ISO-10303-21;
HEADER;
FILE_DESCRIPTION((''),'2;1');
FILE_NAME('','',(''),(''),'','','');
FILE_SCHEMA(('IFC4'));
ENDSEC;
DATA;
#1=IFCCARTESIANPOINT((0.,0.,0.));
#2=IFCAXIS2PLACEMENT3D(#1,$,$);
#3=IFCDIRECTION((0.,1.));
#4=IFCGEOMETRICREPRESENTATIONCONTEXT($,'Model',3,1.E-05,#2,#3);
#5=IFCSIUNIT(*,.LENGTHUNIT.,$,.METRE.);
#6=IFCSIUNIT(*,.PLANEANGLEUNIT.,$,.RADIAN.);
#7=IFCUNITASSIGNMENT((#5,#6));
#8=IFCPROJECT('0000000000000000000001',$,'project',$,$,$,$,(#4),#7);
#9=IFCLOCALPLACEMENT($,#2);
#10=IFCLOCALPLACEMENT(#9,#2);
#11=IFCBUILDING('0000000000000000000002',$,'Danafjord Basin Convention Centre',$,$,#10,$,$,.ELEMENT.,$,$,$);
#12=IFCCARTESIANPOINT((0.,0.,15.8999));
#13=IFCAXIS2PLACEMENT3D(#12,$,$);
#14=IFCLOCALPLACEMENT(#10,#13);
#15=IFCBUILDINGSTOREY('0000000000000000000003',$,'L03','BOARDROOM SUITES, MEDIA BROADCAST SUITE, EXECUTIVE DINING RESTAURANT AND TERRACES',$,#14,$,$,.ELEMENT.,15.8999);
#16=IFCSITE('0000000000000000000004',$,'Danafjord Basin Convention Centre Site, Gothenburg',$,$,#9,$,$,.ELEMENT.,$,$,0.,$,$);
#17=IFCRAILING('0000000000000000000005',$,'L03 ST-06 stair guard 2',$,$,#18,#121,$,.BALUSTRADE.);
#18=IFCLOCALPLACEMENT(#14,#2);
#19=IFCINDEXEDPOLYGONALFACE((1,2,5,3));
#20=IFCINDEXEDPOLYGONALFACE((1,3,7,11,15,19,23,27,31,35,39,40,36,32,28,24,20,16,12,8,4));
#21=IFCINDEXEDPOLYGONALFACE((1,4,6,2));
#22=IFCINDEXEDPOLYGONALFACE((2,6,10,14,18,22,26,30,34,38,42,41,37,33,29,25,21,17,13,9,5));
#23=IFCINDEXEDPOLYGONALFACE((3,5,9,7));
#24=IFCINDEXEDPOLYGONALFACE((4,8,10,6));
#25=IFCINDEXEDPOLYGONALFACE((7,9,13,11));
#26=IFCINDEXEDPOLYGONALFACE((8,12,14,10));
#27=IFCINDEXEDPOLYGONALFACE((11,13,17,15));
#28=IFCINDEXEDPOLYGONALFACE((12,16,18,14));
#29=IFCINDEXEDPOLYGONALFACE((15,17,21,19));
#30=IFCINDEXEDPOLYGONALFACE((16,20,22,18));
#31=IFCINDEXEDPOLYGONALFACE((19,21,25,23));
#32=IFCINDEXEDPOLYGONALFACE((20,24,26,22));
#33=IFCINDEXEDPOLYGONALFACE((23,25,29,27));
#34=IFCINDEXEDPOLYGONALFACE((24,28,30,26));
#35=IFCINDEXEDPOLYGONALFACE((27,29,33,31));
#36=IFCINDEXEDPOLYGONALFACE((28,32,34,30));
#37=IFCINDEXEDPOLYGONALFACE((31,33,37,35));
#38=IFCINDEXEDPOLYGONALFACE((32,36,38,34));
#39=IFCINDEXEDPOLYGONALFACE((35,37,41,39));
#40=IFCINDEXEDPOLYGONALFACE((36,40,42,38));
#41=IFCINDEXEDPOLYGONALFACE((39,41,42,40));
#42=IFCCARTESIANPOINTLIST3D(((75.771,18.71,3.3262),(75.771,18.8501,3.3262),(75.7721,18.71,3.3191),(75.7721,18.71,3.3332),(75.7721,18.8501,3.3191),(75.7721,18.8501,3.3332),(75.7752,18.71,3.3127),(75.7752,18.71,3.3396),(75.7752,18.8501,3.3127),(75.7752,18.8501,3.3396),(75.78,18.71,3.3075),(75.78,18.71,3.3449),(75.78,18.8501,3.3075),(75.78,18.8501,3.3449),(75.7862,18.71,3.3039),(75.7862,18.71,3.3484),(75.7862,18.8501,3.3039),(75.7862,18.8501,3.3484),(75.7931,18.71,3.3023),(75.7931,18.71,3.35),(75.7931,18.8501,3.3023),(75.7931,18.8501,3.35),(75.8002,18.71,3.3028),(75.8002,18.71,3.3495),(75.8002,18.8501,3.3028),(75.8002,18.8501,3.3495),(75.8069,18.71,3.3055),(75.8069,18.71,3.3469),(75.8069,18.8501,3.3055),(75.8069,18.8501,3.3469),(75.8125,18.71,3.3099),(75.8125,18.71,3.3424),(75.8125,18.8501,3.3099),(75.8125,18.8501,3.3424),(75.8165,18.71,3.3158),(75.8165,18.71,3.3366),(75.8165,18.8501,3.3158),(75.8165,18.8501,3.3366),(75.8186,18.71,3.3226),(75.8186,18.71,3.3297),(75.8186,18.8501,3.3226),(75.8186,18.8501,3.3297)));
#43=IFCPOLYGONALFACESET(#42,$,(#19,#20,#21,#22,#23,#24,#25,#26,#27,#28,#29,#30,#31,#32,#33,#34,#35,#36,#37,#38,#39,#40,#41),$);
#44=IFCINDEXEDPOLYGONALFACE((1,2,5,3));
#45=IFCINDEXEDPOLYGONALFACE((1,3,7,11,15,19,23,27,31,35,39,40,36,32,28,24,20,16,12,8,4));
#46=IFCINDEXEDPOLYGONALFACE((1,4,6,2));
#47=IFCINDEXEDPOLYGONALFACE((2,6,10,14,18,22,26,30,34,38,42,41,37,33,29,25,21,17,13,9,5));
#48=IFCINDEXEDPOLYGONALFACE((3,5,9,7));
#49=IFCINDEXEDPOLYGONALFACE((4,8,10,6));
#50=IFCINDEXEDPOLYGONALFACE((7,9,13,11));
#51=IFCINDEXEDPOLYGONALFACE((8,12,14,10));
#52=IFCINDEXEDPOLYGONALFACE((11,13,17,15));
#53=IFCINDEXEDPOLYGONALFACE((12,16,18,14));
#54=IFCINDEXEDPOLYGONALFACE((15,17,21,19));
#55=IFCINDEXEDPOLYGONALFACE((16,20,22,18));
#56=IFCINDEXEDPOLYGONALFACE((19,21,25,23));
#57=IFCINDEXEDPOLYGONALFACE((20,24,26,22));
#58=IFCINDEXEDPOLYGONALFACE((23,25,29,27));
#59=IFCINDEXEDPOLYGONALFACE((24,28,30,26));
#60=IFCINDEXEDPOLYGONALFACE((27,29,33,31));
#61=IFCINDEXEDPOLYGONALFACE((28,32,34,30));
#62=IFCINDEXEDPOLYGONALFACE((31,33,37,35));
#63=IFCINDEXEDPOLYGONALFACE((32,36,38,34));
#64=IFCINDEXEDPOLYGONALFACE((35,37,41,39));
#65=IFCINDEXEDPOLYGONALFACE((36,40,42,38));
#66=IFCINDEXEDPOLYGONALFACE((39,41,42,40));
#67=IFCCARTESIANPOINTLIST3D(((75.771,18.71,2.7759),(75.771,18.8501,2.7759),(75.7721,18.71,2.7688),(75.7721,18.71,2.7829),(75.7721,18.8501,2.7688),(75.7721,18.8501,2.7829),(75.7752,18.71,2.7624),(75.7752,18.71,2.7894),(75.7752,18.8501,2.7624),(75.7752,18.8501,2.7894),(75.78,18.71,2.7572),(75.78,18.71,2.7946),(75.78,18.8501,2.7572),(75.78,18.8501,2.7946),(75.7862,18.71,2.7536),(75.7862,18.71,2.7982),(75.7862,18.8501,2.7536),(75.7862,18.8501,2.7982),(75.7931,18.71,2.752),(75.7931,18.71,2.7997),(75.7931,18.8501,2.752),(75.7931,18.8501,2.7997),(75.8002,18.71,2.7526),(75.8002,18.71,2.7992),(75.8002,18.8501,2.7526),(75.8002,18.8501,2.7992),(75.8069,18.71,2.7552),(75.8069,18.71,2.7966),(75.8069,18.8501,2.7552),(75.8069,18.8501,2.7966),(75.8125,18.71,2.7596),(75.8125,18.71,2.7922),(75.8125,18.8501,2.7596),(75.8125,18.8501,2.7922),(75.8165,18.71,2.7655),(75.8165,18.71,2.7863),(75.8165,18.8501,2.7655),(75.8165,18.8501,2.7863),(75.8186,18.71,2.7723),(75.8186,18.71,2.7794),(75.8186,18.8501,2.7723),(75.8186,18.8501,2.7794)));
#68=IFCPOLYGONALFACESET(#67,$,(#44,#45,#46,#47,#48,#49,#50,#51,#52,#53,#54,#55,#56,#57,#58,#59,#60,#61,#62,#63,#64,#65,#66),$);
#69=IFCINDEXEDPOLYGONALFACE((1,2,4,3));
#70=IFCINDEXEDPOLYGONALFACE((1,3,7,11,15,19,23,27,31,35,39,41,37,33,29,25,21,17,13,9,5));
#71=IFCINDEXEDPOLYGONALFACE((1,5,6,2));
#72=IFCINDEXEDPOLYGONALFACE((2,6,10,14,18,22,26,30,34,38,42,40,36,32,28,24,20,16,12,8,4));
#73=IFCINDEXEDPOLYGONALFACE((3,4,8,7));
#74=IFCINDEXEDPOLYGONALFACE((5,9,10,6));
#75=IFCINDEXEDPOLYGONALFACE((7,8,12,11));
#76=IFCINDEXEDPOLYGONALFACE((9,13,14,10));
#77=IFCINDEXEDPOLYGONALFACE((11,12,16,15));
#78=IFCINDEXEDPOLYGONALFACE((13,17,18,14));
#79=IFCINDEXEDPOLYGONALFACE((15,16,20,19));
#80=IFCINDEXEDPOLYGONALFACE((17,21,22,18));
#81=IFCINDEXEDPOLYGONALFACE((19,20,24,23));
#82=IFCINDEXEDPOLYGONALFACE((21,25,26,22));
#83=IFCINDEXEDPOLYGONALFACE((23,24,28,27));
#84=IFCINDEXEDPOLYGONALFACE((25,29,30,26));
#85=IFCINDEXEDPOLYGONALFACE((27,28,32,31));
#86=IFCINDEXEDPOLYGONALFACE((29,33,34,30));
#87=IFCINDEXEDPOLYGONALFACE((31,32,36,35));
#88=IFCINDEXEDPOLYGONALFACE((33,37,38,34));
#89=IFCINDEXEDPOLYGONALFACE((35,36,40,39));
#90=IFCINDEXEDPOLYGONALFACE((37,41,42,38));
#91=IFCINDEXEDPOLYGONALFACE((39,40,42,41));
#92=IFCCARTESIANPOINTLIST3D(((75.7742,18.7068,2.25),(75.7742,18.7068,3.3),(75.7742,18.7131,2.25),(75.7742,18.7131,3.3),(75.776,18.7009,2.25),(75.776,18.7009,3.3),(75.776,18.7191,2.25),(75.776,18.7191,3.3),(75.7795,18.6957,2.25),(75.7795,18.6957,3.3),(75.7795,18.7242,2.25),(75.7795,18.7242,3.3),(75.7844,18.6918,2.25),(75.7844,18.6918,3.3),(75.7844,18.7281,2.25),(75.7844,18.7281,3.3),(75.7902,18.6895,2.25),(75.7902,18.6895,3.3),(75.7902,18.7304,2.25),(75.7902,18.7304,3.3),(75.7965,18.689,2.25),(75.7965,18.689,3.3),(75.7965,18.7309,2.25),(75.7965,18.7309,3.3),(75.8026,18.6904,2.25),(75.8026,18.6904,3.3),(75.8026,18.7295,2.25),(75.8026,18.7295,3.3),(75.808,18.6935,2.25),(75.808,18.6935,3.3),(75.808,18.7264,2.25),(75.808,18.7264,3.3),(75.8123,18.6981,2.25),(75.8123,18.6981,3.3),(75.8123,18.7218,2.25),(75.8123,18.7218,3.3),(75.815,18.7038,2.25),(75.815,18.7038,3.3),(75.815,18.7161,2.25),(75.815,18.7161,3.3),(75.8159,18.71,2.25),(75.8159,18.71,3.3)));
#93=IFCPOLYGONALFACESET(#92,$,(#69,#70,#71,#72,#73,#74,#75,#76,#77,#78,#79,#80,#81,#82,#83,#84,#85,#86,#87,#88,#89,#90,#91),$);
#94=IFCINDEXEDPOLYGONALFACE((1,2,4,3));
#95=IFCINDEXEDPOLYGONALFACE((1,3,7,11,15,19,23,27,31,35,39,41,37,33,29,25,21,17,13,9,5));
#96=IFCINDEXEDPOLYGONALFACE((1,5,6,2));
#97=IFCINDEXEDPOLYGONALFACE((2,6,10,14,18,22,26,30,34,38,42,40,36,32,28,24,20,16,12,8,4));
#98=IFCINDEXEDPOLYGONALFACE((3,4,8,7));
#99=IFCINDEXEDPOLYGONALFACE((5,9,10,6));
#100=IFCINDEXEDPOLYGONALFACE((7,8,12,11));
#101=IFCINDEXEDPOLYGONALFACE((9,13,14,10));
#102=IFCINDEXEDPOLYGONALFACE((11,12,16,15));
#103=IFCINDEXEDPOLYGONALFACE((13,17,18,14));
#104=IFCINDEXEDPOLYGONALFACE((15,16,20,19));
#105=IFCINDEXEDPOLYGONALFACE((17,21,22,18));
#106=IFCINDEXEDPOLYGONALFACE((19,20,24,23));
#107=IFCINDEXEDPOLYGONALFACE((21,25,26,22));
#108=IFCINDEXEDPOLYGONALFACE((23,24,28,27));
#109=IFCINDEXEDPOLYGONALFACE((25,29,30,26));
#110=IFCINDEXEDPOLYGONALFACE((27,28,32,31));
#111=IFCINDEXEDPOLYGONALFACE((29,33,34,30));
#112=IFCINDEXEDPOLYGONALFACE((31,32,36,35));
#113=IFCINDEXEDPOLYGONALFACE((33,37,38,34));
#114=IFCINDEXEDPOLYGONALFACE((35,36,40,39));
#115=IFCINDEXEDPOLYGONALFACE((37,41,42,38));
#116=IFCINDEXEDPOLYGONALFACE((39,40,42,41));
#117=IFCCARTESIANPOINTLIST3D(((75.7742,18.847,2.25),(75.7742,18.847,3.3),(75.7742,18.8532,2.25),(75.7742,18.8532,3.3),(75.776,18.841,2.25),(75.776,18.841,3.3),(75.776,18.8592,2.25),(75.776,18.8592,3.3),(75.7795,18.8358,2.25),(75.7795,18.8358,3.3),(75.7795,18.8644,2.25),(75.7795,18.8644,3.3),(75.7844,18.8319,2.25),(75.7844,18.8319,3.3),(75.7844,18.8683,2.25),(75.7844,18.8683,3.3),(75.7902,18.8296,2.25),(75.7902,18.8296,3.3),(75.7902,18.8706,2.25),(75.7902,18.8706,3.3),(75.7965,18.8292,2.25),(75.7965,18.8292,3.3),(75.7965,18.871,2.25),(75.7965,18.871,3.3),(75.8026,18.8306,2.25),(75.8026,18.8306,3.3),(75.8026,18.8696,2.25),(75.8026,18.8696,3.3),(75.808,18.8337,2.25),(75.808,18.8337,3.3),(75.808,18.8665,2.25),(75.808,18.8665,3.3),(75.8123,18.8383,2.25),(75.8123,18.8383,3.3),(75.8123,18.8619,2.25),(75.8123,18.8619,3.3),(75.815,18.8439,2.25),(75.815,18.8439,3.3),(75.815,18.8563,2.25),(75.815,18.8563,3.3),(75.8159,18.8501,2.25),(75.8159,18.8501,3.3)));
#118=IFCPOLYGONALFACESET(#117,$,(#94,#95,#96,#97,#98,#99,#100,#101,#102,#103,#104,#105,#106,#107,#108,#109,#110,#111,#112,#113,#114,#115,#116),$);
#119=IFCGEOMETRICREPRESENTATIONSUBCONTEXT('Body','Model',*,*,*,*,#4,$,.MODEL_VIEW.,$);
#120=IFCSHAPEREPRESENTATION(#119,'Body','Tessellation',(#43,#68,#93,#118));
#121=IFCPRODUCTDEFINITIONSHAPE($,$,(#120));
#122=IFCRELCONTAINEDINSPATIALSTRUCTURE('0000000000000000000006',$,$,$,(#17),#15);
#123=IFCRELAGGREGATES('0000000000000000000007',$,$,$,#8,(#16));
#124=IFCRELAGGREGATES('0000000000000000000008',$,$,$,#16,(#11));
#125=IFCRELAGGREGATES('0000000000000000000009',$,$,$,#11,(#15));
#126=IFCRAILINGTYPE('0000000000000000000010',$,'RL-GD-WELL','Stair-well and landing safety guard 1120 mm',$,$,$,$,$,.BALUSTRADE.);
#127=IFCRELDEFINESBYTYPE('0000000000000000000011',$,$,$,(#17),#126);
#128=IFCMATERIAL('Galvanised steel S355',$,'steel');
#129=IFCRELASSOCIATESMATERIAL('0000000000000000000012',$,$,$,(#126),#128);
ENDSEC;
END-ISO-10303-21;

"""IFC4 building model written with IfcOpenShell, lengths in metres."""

from ifc_helpers import new_model, si_unit, direction, frame, origin, origin_2d, place, context, subcontext, project, spatial, circle, extrude, material, type_object, element, save


model = new_model("IFC4")

# Units and contexts
model_context = context("Model", 3, precision=1e-05, world=origin(), true_north=direction((0.0, 1.0)))
body_context = subcontext(model_context, "Body", "Model", "MODEL_VIEW")
ifc_project = project(units=[si_unit("LENGTHUNIT", "METRE"), si_unit("PLANEANGLEUNIT", "RADIAN")], contexts=[model_context])

# Site, building, storey
site_placement = place(None, origin())
site = spatial("IfcSite", under=ifc_project, at=site_placement, Name="Danafjord Basin Convention Centre Site, Gothenburg", CompositionType="ELEMENT", RefElevation=0.0)
building_placement = place(site_placement, origin())
building = spatial("IfcBuilding", under=site, at=building_placement, Name="Danafjord Basin Convention Centre", CompositionType="ELEMENT")
storey_placement = place(building_placement, frame((0.0, 0.0, 15.8999)))
storey = spatial("IfcBuildingStorey", under=building, at=storey_placement, Name="L03", Description="BOARDROOM SUITES, MEDIA BROADCAST SUITE, EXECUTIVE DINING RESTAURANT AND TERRACES", CompositionType="ELEMENT", Elevation=15.8999)

# Railing
ifc_material_1 = material(Name="Galvanised steel S355", Category="steel")
railing_type_1 = type_object("IfcRailingType", Name="RL-GD-WELL", Description="Stair-well and landing safety guard 1120 mm", PredefinedType="BALUSTRADE", material=ifc_material_1)
railing_1_placement = place(storey_placement, frame((75.7949, 18.71, 2.25)))
element("IfcRailing", 1, at=railing_1_placement, inside=storey, type_object=railing_type_1, Name="L03 ST-06 stair guard 2", PredefinedType="BALUSTRADE", context=body_context, shape_type="SweptSolid", body=[
    extrude(circle(Radius=0.0239, at=origin_2d()), frame((0.0, 0.0, 1.0762), z_axis=(0.0, 1.0, 0.0), x_axis=(-1.0, 0.0, 0.0)), (0.0, 0.0, 1.0), 0.1401),
    extrude(circle(Radius=0.0239, at=origin_2d()), frame((0.0, 0.0, 0.5259), z_axis=(0.0, 1.0, 0.0), x_axis=(-1.0, 0.0, 0.0)), (0.0, 0.0, 1.0), 0.1401),
    extrude(circle(Radius=0.021, at=origin_2d()), origin(), (0.0, 0.0, 1.0), 1.05),
    extrude(circle(Radius=0.021, at=origin_2d()), frame((0.0, 0.1401, 0.0)), (0.0, 0.0, 1.0), 1.05),
])

save(model, "model.ifc")
